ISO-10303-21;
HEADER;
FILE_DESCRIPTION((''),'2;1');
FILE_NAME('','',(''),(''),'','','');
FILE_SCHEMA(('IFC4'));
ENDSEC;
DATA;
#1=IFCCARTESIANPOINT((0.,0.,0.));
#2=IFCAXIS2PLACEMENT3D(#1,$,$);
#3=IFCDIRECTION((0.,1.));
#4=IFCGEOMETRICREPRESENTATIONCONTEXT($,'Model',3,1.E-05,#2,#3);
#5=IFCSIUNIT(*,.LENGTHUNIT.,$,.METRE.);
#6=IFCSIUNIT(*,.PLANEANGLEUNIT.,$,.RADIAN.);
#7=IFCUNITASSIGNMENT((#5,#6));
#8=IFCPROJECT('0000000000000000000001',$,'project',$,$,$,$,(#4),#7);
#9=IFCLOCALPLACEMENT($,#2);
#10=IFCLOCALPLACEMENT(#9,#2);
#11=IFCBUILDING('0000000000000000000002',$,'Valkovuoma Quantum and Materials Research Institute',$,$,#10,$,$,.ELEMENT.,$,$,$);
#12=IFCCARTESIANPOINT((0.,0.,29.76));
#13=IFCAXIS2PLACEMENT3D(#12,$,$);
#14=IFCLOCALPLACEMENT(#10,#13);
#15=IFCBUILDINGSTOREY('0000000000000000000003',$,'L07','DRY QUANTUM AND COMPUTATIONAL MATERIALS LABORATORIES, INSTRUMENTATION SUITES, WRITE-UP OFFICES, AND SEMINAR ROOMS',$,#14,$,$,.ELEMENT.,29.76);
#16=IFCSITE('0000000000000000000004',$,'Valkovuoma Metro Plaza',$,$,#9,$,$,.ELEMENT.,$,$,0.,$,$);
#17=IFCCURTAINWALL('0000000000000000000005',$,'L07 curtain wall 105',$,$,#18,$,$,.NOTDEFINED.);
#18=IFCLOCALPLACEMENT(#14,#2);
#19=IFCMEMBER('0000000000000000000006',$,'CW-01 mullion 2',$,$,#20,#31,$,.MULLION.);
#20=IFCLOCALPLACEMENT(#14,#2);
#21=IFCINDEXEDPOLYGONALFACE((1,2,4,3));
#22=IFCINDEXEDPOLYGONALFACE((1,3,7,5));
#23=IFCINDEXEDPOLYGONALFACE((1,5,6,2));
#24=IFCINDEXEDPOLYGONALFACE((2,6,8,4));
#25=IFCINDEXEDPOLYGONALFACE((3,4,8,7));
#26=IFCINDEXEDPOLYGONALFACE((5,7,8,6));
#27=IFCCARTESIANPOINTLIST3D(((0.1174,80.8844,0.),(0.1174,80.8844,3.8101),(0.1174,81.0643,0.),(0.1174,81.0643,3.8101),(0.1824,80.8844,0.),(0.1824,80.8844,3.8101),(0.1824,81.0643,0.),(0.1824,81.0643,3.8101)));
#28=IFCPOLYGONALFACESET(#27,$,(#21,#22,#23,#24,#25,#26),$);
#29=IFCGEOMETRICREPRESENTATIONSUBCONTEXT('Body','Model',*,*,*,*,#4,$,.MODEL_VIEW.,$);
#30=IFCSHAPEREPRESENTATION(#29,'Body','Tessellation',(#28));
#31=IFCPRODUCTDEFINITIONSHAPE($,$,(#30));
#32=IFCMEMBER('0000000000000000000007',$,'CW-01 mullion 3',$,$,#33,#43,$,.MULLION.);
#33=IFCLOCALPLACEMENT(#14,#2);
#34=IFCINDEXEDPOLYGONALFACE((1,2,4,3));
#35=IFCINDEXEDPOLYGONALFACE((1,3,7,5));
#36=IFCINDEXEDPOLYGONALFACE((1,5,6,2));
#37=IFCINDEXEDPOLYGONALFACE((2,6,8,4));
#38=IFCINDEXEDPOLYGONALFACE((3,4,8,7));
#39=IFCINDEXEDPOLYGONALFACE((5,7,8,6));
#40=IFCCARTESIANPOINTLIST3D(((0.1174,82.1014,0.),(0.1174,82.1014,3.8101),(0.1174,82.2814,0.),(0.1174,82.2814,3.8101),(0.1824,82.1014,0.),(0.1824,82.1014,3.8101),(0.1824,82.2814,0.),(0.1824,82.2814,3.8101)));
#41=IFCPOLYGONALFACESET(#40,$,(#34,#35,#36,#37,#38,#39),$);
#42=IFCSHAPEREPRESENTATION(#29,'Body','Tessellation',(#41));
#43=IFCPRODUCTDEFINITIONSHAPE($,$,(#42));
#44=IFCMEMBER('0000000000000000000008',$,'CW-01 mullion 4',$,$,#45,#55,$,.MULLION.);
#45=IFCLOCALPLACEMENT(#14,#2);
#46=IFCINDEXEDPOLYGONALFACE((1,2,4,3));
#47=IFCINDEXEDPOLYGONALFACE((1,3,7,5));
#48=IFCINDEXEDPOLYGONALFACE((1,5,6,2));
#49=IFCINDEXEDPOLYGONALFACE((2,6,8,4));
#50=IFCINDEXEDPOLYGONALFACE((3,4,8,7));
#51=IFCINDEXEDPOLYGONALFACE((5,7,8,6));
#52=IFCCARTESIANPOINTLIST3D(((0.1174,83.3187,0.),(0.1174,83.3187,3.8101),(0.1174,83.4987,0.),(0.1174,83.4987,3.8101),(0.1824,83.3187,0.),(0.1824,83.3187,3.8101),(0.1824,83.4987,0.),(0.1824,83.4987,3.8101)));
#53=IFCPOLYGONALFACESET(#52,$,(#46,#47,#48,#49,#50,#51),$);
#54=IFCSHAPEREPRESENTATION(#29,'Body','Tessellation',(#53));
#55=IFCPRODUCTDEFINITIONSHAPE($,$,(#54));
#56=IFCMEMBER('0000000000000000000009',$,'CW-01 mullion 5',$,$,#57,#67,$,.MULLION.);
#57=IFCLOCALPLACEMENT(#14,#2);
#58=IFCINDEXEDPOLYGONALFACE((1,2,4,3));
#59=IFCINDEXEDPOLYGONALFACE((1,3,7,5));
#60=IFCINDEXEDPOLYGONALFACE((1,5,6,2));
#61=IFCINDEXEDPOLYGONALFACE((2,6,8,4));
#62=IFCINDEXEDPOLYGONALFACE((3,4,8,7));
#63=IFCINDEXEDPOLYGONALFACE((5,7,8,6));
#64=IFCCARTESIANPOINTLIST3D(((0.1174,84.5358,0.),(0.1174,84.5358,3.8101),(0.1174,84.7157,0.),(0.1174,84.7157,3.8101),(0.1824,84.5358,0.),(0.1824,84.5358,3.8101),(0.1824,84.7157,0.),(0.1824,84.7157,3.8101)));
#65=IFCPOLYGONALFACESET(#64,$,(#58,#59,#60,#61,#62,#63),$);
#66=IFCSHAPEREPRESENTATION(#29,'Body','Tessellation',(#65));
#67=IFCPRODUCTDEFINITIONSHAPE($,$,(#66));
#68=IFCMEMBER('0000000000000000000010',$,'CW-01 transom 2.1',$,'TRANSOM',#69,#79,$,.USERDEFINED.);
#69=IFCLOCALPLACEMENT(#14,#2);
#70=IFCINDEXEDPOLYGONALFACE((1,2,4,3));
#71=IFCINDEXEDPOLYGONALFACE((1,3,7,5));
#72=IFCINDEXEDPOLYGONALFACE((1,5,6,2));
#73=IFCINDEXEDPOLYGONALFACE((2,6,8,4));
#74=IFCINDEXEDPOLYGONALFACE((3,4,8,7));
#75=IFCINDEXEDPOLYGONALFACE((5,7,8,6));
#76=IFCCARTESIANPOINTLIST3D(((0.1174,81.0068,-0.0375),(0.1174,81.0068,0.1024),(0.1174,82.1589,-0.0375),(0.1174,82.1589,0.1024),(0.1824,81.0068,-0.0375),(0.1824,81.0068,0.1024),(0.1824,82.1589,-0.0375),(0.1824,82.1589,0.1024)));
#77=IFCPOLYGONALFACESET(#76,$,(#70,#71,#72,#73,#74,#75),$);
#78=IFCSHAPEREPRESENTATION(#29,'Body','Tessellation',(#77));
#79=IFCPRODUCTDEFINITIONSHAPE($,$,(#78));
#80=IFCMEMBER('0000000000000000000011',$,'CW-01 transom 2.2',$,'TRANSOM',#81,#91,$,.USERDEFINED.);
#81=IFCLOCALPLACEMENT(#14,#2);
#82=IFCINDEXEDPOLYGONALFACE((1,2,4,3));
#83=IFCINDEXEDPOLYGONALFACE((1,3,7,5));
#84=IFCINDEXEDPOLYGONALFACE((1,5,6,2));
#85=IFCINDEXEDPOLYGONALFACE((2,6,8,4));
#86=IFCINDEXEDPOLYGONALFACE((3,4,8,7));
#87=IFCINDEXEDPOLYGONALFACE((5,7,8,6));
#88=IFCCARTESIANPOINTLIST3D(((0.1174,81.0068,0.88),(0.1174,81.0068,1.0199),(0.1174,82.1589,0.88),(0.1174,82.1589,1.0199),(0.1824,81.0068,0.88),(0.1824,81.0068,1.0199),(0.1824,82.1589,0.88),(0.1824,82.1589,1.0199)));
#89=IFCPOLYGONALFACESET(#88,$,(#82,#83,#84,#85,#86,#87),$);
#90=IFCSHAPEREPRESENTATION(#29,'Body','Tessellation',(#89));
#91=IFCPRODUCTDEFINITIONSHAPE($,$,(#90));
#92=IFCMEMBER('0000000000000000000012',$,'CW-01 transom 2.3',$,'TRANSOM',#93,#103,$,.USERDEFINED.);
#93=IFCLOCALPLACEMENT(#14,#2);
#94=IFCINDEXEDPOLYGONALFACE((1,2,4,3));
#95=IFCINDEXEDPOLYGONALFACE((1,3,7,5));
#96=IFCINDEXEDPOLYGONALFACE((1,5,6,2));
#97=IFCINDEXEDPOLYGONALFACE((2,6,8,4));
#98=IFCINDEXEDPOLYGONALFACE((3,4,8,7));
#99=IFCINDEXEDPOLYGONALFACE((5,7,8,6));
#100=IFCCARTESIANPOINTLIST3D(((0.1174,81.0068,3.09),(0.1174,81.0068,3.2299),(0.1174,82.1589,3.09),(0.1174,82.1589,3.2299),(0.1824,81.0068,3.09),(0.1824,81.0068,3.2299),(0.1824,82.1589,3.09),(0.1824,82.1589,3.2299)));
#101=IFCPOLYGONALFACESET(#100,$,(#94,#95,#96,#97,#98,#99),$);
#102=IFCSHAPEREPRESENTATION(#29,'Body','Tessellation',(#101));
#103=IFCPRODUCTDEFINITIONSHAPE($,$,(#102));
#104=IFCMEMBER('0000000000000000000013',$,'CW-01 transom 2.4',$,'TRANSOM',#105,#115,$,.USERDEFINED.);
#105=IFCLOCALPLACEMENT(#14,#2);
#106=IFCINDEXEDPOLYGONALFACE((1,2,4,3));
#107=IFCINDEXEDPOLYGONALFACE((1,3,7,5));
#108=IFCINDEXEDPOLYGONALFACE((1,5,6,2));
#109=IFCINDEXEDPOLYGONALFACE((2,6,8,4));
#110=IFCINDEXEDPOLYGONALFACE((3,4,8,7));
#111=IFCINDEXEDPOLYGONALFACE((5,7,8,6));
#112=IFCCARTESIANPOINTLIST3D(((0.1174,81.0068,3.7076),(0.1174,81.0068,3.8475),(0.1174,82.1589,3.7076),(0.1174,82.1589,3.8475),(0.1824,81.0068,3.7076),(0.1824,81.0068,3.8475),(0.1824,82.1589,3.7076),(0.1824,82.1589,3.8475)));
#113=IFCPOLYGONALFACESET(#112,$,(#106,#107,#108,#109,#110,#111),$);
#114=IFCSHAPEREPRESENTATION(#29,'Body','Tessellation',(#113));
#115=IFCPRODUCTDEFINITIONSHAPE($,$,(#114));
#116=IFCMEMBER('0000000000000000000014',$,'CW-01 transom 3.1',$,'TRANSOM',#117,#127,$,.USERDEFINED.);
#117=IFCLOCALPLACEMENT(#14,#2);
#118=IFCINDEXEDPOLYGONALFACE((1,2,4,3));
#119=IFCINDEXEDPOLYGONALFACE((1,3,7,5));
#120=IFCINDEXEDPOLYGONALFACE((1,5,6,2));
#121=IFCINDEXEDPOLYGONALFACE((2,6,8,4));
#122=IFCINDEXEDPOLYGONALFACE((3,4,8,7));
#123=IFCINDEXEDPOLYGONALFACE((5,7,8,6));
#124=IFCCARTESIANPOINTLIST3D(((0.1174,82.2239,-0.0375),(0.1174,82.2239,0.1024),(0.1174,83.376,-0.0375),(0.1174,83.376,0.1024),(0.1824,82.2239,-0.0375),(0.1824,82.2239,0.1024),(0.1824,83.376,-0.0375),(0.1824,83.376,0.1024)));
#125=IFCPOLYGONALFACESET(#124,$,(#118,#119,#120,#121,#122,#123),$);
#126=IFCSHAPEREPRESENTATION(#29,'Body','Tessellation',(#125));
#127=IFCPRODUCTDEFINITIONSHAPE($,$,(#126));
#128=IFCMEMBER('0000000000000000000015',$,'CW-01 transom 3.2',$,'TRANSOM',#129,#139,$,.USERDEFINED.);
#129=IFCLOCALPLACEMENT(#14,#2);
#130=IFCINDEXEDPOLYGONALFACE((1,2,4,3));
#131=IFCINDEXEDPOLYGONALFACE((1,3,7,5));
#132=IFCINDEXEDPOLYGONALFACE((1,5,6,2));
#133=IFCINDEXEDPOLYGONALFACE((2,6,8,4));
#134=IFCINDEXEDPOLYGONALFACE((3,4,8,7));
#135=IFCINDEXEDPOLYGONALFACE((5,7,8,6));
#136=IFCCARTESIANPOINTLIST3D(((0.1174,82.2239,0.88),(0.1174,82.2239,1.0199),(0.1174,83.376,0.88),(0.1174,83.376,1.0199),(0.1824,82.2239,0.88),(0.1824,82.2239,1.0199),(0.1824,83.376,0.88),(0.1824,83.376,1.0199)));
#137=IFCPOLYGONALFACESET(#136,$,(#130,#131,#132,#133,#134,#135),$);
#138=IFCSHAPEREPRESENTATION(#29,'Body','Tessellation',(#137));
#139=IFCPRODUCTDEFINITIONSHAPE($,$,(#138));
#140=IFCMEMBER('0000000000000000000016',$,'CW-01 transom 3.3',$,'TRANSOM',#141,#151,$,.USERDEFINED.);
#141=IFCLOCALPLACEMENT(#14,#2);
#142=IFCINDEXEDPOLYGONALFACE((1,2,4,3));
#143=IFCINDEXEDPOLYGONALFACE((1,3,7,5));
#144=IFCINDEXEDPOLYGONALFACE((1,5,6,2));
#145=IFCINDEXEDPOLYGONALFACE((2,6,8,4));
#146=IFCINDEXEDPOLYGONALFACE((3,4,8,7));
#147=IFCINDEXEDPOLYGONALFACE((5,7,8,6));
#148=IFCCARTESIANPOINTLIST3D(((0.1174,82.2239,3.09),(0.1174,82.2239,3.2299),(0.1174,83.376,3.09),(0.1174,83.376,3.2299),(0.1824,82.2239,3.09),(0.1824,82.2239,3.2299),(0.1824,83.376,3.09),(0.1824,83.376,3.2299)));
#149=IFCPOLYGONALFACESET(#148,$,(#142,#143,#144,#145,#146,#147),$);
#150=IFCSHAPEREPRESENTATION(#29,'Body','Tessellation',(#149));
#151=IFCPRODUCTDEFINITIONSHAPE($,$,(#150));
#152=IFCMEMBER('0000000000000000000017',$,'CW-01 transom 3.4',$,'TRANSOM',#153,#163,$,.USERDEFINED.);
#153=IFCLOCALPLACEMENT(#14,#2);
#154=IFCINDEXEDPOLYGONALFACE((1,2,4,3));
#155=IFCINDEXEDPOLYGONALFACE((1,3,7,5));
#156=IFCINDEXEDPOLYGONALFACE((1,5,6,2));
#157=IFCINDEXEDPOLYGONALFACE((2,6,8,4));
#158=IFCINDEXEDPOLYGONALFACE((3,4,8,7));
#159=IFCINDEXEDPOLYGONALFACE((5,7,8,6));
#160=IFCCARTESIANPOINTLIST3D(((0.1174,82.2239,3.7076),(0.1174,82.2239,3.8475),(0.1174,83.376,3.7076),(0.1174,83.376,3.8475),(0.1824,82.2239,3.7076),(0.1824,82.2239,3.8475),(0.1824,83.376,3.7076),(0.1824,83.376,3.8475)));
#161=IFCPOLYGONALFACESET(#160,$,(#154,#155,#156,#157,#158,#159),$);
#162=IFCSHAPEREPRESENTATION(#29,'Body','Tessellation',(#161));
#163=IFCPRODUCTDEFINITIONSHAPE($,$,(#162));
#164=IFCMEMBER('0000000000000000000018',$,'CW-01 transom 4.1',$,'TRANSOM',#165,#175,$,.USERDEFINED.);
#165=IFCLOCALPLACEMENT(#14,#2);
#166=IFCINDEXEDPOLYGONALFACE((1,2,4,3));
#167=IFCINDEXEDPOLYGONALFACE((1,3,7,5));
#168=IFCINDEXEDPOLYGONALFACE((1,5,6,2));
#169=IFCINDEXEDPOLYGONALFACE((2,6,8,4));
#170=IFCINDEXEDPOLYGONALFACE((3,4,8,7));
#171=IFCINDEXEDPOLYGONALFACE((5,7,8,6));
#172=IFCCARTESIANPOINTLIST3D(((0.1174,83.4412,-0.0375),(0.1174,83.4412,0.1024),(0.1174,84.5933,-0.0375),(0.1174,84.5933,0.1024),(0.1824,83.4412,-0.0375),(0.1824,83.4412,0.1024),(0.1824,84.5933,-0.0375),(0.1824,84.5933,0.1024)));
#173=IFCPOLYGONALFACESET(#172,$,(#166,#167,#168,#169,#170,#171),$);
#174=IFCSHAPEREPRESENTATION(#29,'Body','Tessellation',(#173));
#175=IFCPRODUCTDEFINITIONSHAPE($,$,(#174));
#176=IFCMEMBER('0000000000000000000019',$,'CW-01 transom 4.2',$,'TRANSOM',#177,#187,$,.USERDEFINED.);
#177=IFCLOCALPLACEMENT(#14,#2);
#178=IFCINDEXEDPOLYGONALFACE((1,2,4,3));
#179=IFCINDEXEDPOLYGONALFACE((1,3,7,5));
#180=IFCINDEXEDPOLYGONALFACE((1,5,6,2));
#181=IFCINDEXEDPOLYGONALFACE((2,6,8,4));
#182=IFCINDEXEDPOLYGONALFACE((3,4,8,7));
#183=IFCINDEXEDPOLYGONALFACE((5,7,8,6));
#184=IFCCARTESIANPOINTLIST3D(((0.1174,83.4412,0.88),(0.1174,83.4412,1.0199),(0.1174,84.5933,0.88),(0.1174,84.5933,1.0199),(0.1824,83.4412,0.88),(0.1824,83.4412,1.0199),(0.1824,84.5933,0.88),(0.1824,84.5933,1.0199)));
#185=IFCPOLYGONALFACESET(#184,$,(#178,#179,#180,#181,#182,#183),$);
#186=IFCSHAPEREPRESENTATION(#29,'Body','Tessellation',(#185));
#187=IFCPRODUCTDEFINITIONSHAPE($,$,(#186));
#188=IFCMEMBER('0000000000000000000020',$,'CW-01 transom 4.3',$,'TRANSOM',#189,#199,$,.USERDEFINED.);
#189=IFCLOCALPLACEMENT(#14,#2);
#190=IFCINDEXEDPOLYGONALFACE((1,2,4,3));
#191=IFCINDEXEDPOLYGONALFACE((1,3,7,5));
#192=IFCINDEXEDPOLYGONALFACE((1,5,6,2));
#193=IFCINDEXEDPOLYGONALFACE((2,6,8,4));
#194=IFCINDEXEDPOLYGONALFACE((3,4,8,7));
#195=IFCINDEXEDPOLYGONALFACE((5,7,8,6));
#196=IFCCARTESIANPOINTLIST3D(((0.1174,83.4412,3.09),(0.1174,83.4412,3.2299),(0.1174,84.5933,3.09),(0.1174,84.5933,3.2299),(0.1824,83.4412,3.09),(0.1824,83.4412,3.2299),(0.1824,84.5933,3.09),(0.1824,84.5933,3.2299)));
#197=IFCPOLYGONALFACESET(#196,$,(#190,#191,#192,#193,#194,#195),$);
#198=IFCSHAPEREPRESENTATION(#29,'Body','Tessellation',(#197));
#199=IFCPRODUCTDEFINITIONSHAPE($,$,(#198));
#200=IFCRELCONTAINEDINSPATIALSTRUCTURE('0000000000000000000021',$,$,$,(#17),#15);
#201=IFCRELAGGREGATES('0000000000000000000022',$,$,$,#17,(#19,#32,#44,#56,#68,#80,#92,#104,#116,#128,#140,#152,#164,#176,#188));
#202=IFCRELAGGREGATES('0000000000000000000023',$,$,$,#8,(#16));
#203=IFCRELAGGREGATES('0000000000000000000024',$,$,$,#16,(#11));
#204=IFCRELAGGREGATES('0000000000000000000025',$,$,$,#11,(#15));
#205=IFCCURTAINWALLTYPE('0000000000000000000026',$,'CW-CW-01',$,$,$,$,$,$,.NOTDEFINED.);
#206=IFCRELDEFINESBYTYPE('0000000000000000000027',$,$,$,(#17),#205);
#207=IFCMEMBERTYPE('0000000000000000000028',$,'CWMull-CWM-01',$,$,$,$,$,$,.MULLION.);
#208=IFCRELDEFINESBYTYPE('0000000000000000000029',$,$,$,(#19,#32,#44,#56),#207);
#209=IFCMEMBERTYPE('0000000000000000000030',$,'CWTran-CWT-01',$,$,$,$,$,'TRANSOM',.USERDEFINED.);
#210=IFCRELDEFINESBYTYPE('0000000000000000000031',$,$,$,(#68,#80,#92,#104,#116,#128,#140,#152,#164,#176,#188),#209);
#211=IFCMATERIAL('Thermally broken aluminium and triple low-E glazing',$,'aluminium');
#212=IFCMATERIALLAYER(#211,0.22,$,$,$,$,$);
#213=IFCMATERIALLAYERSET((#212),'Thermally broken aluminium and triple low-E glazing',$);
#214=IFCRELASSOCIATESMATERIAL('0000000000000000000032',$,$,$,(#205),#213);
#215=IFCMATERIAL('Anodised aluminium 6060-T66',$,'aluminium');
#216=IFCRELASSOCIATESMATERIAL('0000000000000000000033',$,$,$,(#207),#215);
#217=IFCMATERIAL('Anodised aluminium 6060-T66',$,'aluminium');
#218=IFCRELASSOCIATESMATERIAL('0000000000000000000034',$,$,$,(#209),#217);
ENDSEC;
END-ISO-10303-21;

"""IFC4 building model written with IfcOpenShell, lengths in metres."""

from ifc_helpers import new_model, si_unit, direction, frame, origin, origin_2d, place, context, subcontext, project, spatial, rectangle, extrude, material, layer, layer_set, material_profile, profile_set, type_object, element, aggregate, save


model = new_model("IFC4")

# Units and contexts
model_context = context("Model", 3, precision=1e-05, world=origin(), true_north=direction((0.0, 1.0)))
body_context = subcontext(model_context, "Body", "Model", "MODEL_VIEW")
ifc_project = project(units=[si_unit("LENGTHUNIT", "METRE"), si_unit("PLANEANGLEUNIT", "RADIAN")], contexts=[model_context])

# Site, building, storey
site_placement = place(None, origin())
site = spatial("IfcSite", under=ifc_project, at=site_placement, Name="Valkovuoma Metro Plaza", CompositionType="ELEMENT", RefElevation=0.0)
building_placement = place(site_placement, origin())
building = spatial("IfcBuilding", under=site, at=building_placement, Name="Valkovuoma Quantum and Materials Research Institute", CompositionType="ELEMENT")
storey_placement = place(building_placement, frame((0.0, 0.0, 29.76)))
storey = spatial("IfcBuildingStorey", under=building, at=storey_placement, Name="L07", Description="DRY QUANTUM AND COMPUTATIONAL MATERIALS LABORATORIES, INSTRUMENTATION SUITES, WRITE-UP OFFICES, AND SEMINAR ROOMS", CompositionType="ELEMENT", Elevation=29.76)

# Curtain wall, members
ifc_material_1 = material(Name="Thermally broken aluminium and triple low-E glazing", Category="aluminium")
ifc_layer_1 = layer(ifc_material_1, 0.22)
ifc_layer_set_1 = layer_set([ifc_layer_1], Name="Thermally broken aluminium and triple low-E glazing")
curtain_wall_type = type_object("IfcCurtainWallType", Name="CW-CW-01", PredefinedType="NOTDEFINED", material=ifc_layer_set_1)
curtain_wall_placement = place(storey_placement, origin())
curtain_wall = element("IfcCurtainWall", 1, at=curtain_wall_placement, inside=storey, type_object=curtain_wall_type, Name="L07 curtain wall 105", PredefinedType="NOTDEFINED")
ifc_material_2 = material(Name="Anodised aluminium 6060-T66", Category="aluminium")
ifc_material_profile_1 = material_profile(ifc_material_2, rectangle(XDim=0.0649, YDim=0.1799, at=origin_2d()), Name="Anodised aluminium 6060-T66")
ifc_profile_set_1 = profile_set([ifc_material_profile_1], Name="Anodised aluminium 6060-T66")
member_type_1 = type_object("IfcMemberType", Name="CWMull-CWM-01", PredefinedType="MULLION", material=ifc_profile_set_1)
member_1_placement = place(storey_placement, frame((0.1499, 80.9744, 0.0), z_axis=(0.0, 0.0, 1.0), x_axis=(-1.0, 0.0, 0.0)))
member_1 = element("IfcMember", 2, at=member_1_placement, type_object=member_type_1, Name="CW-01 mullion 2", PredefinedType="MULLION", context=body_context, shape_type="SweptSolid", body=[
    extrude(rectangle(XDim=0.0649, YDim=0.1799, at=origin_2d()), origin(), (0.0, 0.0, 1.0), 3.8101),
])
member_2_placement = place(storey_placement, frame((0.1499, 82.1914, 0.0), z_axis=(0.0, 0.0, 1.0), x_axis=(-1.0, 0.0, 0.0)))
member_2 = element("IfcMember", 3, at=member_2_placement, type_object=member_type_1, Name="CW-01 mullion 3", PredefinedType="MULLION", context=body_context, shape_type="SweptSolid", body=[
    extrude(rectangle(XDim=0.0649, YDim=0.1799, at=origin_2d()), origin(), (0.0, 0.0, 1.0), 3.8101),
])
member_3_placement = place(storey_placement, frame((0.1499, 83.4087, 0.0), z_axis=(0.0, 0.0, 1.0), x_axis=(-1.0, 0.0, 0.0)))
member_3 = element("IfcMember", 4, at=member_3_placement, type_object=member_type_1, Name="CW-01 mullion 4", PredefinedType="MULLION", context=body_context, shape_type="SweptSolid", body=[
    extrude(rectangle(XDim=0.0649, YDim=0.1799, at=origin_2d()), origin(), (0.0, 0.0, 1.0), 3.8101),
])
member_4_placement = place(storey_placement, frame((0.1499, 84.6257, 0.0), z_axis=(0.0, 0.0, 1.0), x_axis=(-1.0, 0.0, 0.0)))
member_4 = element("IfcMember", 5, at=member_4_placement, type_object=member_type_1, Name="CW-01 mullion 5", PredefinedType="MULLION", context=body_context, shape_type="SweptSolid", body=[
    extrude(rectangle(XDim=0.0649, YDim=0.1799, at=origin_2d()), origin(), (0.0, 0.0, 1.0), 3.8101),
])
ifc_material_3 = material(Name="Anodised aluminium 6060-T66", Category="aluminium")
ifc_material_profile_2 = material_profile(ifc_material_3, rectangle(XDim=0.0649, YDim=0.1399, at=origin_2d()), Name="Anodised aluminium 6060-T66")
ifc_profile_set_2 = profile_set([ifc_material_profile_2], Name="Anodised aluminium 6060-T66")
member_type_2 = type_object("IfcMemberType", Name="CWTran-CWT-01", ElementType="TRANSOM", PredefinedType="USERDEFINED", material=ifc_profile_set_2)
member_5_placement = place(storey_placement, frame((0.1499, 81.0068, 0.0325), z_axis=(0.0, 1.0, 0.0), x_axis=(-1.0, 0.0, 0.0)))
member_5 = element("IfcMember", 6, at=member_5_placement, type_object=member_type_2, Name="CW-01 transom 2.1", ObjectType="TRANSOM", PredefinedType="USERDEFINED", context=body_context, shape_type="SweptSolid", body=[
    extrude(rectangle(XDim=0.0649, YDim=0.1399, at=origin_2d()), origin(), (0.0, 0.0, 1.0), 1.1521),
])
member_6_placement = place(storey_placement, frame((0.1499, 81.0068, 0.95), z_axis=(0.0, 1.0, 0.0), x_axis=(-1.0, 0.0, 0.0)))
member_6 = element("IfcMember", 7, at=member_6_placement, type_object=member_type_2, Name="CW-01 transom 2.2", ObjectType="TRANSOM", PredefinedType="USERDEFINED", context=body_context, shape_type="SweptSolid", body=[
    extrude(rectangle(XDim=0.0649, YDim=0.1399, at=origin_2d()), origin(), (0.0, 0.0, 1.0), 1.1521),
])
member_7_placement = place(storey_placement, frame((0.1499, 81.0068, 3.1599), z_axis=(0.0, 1.0, 0.0), x_axis=(-1.0, 0.0, 0.0)))
member_7 = element("IfcMember", 8, at=member_7_placement, type_object=member_type_2, Name="CW-01 transom 2.3", ObjectType="TRANSOM", PredefinedType="USERDEFINED", context=body_context, shape_type="SweptSolid", body=[
    extrude(rectangle(XDim=0.0649, YDim=0.1399, at=origin_2d()), origin(), (0.0, 0.0, 1.0), 1.1521),
])
member_8_placement = place(storey_placement, frame((0.1499, 81.0068, 3.7776), z_axis=(0.0, 1.0, 0.0), x_axis=(-1.0, 0.0, 0.0)))
member_8 = element("IfcMember", 9, at=member_8_placement, type_object=member_type_2, Name="CW-01 transom 2.4", ObjectType="TRANSOM", PredefinedType="USERDEFINED", context=body_context, shape_type="SweptSolid", body=[
    extrude(rectangle(XDim=0.0649, YDim=0.1399, at=origin_2d()), origin(), (0.0, 0.0, 1.0), 1.1521),
])
member_9_placement = place(storey_placement, frame((0.1499, 82.2239, 0.0325), z_axis=(0.0, 1.0, 0.0), x_axis=(-1.0, 0.0, 0.0)))
member_9 = element("IfcMember", 10, at=member_9_placement, type_object=member_type_2, Name="CW-01 transom 3.1", ObjectType="TRANSOM", PredefinedType="USERDEFINED", context=body_context, shape_type="SweptSolid", body=[
    extrude(rectangle(XDim=0.0649, YDim=0.1399, at=origin_2d()), origin(), (0.0, 0.0, 1.0), 1.1521),
])
member_10_placement = place(storey_placement, frame((0.1499, 82.2239, 0.95), z_axis=(0.0, 1.0, 0.0), x_axis=(-1.0, 0.0, 0.0)))
member_10 = element("IfcMember", 11, at=member_10_placement, type_object=member_type_2, Name="CW-01 transom 3.2", ObjectType="TRANSOM", PredefinedType="USERDEFINED", context=body_context, shape_type="SweptSolid", body=[
    extrude(rectangle(XDim=0.0649, YDim=0.1399, at=origin_2d()), origin(), (0.0, 0.0, 1.0), 1.1521),
])
member_11_placement = place(storey_placement, frame((0.1499, 82.2239, 3.1599), z_axis=(0.0, 1.0, 0.0), x_axis=(-1.0, 0.0, 0.0)))
member_11 = element("IfcMember", 12, at=member_11_placement, type_object=member_type_2, Name="CW-01 transom 3.3", ObjectType="TRANSOM", PredefinedType="USERDEFINED", context=body_context, shape_type="SweptSolid", body=[
    extrude(rectangle(XDim=0.0649, YDim=0.1399, at=origin_2d()), origin(), (0.0, 0.0, 1.0), 1.1521),
])
member_12_placement = place(storey_placement, frame((0.1499, 82.2239, 3.7776), z_axis=(0.0, 1.0, 0.0), x_axis=(-1.0, 0.0, 0.0)))
member_12 = element("IfcMember", 13, at=member_12_placement, type_object=member_type_2, Name="CW-01 transom 3.4", ObjectType="TRANSOM", PredefinedType="USERDEFINED", context=body_context, shape_type="SweptSolid", body=[
    extrude(rectangle(XDim=0.0649, YDim=0.1399, at=origin_2d()), origin(), (0.0, 0.0, 1.0), 1.1521),
])
member_13_placement = place(storey_placement, frame((0.1499, 83.4412, 0.0325), z_axis=(0.0, 1.0, 0.0), x_axis=(-1.0, 0.0, 0.0)))
member_13 = element("IfcMember", 14, at=member_13_placement, type_object=member_type_2, Name="CW-01 transom 4.1", ObjectType="TRANSOM", PredefinedType="USERDEFINED", context=body_context, shape_type="SweptSolid", body=[
    extrude(rectangle(XDim=0.0649, YDim=0.1399, at=origin_2d()), origin(), (0.0, 0.0, 1.0), 1.1521),
])
member_14_placement = place(storey_placement, frame((0.1499, 83.4412, 0.95), z_axis=(0.0, 1.0, 0.0), x_axis=(-1.0, 0.0, 0.0)))
member_14 = element("IfcMember", 15, at=member_14_placement, type_object=member_type_2, Name="CW-01 transom 4.2", ObjectType="TRANSOM", PredefinedType="USERDEFINED", context=body_context, shape_type="SweptSolid", body=[
    extrude(rectangle(XDim=0.0649, YDim=0.1399, at=origin_2d()), origin(), (0.0, 0.0, 1.0), 1.1521),
])
member_15_placement = place(storey_placement, frame((0.1499, 83.4412, 3.1599), z_axis=(0.0, 1.0, 0.0), x_axis=(-1.0, 0.0, 0.0)))
member_15 = element("IfcMember", 16, at=member_15_placement, type_object=member_type_2, Name="CW-01 transom 4.3", ObjectType="TRANSOM", PredefinedType="USERDEFINED", context=body_context, shape_type="SweptSolid", body=[
    extrude(rectangle(XDim=0.0649, YDim=0.1399, at=origin_2d()), origin(), (0.0, 0.0, 1.0), 1.1521),
])
aggregate(curtain_wall, [member_1, member_2, member_3, member_4, member_5, member_6, member_7, member_8, member_9, member_10, member_11, member_12, member_13, member_14, member_15])

save(model, "model.ifc")
